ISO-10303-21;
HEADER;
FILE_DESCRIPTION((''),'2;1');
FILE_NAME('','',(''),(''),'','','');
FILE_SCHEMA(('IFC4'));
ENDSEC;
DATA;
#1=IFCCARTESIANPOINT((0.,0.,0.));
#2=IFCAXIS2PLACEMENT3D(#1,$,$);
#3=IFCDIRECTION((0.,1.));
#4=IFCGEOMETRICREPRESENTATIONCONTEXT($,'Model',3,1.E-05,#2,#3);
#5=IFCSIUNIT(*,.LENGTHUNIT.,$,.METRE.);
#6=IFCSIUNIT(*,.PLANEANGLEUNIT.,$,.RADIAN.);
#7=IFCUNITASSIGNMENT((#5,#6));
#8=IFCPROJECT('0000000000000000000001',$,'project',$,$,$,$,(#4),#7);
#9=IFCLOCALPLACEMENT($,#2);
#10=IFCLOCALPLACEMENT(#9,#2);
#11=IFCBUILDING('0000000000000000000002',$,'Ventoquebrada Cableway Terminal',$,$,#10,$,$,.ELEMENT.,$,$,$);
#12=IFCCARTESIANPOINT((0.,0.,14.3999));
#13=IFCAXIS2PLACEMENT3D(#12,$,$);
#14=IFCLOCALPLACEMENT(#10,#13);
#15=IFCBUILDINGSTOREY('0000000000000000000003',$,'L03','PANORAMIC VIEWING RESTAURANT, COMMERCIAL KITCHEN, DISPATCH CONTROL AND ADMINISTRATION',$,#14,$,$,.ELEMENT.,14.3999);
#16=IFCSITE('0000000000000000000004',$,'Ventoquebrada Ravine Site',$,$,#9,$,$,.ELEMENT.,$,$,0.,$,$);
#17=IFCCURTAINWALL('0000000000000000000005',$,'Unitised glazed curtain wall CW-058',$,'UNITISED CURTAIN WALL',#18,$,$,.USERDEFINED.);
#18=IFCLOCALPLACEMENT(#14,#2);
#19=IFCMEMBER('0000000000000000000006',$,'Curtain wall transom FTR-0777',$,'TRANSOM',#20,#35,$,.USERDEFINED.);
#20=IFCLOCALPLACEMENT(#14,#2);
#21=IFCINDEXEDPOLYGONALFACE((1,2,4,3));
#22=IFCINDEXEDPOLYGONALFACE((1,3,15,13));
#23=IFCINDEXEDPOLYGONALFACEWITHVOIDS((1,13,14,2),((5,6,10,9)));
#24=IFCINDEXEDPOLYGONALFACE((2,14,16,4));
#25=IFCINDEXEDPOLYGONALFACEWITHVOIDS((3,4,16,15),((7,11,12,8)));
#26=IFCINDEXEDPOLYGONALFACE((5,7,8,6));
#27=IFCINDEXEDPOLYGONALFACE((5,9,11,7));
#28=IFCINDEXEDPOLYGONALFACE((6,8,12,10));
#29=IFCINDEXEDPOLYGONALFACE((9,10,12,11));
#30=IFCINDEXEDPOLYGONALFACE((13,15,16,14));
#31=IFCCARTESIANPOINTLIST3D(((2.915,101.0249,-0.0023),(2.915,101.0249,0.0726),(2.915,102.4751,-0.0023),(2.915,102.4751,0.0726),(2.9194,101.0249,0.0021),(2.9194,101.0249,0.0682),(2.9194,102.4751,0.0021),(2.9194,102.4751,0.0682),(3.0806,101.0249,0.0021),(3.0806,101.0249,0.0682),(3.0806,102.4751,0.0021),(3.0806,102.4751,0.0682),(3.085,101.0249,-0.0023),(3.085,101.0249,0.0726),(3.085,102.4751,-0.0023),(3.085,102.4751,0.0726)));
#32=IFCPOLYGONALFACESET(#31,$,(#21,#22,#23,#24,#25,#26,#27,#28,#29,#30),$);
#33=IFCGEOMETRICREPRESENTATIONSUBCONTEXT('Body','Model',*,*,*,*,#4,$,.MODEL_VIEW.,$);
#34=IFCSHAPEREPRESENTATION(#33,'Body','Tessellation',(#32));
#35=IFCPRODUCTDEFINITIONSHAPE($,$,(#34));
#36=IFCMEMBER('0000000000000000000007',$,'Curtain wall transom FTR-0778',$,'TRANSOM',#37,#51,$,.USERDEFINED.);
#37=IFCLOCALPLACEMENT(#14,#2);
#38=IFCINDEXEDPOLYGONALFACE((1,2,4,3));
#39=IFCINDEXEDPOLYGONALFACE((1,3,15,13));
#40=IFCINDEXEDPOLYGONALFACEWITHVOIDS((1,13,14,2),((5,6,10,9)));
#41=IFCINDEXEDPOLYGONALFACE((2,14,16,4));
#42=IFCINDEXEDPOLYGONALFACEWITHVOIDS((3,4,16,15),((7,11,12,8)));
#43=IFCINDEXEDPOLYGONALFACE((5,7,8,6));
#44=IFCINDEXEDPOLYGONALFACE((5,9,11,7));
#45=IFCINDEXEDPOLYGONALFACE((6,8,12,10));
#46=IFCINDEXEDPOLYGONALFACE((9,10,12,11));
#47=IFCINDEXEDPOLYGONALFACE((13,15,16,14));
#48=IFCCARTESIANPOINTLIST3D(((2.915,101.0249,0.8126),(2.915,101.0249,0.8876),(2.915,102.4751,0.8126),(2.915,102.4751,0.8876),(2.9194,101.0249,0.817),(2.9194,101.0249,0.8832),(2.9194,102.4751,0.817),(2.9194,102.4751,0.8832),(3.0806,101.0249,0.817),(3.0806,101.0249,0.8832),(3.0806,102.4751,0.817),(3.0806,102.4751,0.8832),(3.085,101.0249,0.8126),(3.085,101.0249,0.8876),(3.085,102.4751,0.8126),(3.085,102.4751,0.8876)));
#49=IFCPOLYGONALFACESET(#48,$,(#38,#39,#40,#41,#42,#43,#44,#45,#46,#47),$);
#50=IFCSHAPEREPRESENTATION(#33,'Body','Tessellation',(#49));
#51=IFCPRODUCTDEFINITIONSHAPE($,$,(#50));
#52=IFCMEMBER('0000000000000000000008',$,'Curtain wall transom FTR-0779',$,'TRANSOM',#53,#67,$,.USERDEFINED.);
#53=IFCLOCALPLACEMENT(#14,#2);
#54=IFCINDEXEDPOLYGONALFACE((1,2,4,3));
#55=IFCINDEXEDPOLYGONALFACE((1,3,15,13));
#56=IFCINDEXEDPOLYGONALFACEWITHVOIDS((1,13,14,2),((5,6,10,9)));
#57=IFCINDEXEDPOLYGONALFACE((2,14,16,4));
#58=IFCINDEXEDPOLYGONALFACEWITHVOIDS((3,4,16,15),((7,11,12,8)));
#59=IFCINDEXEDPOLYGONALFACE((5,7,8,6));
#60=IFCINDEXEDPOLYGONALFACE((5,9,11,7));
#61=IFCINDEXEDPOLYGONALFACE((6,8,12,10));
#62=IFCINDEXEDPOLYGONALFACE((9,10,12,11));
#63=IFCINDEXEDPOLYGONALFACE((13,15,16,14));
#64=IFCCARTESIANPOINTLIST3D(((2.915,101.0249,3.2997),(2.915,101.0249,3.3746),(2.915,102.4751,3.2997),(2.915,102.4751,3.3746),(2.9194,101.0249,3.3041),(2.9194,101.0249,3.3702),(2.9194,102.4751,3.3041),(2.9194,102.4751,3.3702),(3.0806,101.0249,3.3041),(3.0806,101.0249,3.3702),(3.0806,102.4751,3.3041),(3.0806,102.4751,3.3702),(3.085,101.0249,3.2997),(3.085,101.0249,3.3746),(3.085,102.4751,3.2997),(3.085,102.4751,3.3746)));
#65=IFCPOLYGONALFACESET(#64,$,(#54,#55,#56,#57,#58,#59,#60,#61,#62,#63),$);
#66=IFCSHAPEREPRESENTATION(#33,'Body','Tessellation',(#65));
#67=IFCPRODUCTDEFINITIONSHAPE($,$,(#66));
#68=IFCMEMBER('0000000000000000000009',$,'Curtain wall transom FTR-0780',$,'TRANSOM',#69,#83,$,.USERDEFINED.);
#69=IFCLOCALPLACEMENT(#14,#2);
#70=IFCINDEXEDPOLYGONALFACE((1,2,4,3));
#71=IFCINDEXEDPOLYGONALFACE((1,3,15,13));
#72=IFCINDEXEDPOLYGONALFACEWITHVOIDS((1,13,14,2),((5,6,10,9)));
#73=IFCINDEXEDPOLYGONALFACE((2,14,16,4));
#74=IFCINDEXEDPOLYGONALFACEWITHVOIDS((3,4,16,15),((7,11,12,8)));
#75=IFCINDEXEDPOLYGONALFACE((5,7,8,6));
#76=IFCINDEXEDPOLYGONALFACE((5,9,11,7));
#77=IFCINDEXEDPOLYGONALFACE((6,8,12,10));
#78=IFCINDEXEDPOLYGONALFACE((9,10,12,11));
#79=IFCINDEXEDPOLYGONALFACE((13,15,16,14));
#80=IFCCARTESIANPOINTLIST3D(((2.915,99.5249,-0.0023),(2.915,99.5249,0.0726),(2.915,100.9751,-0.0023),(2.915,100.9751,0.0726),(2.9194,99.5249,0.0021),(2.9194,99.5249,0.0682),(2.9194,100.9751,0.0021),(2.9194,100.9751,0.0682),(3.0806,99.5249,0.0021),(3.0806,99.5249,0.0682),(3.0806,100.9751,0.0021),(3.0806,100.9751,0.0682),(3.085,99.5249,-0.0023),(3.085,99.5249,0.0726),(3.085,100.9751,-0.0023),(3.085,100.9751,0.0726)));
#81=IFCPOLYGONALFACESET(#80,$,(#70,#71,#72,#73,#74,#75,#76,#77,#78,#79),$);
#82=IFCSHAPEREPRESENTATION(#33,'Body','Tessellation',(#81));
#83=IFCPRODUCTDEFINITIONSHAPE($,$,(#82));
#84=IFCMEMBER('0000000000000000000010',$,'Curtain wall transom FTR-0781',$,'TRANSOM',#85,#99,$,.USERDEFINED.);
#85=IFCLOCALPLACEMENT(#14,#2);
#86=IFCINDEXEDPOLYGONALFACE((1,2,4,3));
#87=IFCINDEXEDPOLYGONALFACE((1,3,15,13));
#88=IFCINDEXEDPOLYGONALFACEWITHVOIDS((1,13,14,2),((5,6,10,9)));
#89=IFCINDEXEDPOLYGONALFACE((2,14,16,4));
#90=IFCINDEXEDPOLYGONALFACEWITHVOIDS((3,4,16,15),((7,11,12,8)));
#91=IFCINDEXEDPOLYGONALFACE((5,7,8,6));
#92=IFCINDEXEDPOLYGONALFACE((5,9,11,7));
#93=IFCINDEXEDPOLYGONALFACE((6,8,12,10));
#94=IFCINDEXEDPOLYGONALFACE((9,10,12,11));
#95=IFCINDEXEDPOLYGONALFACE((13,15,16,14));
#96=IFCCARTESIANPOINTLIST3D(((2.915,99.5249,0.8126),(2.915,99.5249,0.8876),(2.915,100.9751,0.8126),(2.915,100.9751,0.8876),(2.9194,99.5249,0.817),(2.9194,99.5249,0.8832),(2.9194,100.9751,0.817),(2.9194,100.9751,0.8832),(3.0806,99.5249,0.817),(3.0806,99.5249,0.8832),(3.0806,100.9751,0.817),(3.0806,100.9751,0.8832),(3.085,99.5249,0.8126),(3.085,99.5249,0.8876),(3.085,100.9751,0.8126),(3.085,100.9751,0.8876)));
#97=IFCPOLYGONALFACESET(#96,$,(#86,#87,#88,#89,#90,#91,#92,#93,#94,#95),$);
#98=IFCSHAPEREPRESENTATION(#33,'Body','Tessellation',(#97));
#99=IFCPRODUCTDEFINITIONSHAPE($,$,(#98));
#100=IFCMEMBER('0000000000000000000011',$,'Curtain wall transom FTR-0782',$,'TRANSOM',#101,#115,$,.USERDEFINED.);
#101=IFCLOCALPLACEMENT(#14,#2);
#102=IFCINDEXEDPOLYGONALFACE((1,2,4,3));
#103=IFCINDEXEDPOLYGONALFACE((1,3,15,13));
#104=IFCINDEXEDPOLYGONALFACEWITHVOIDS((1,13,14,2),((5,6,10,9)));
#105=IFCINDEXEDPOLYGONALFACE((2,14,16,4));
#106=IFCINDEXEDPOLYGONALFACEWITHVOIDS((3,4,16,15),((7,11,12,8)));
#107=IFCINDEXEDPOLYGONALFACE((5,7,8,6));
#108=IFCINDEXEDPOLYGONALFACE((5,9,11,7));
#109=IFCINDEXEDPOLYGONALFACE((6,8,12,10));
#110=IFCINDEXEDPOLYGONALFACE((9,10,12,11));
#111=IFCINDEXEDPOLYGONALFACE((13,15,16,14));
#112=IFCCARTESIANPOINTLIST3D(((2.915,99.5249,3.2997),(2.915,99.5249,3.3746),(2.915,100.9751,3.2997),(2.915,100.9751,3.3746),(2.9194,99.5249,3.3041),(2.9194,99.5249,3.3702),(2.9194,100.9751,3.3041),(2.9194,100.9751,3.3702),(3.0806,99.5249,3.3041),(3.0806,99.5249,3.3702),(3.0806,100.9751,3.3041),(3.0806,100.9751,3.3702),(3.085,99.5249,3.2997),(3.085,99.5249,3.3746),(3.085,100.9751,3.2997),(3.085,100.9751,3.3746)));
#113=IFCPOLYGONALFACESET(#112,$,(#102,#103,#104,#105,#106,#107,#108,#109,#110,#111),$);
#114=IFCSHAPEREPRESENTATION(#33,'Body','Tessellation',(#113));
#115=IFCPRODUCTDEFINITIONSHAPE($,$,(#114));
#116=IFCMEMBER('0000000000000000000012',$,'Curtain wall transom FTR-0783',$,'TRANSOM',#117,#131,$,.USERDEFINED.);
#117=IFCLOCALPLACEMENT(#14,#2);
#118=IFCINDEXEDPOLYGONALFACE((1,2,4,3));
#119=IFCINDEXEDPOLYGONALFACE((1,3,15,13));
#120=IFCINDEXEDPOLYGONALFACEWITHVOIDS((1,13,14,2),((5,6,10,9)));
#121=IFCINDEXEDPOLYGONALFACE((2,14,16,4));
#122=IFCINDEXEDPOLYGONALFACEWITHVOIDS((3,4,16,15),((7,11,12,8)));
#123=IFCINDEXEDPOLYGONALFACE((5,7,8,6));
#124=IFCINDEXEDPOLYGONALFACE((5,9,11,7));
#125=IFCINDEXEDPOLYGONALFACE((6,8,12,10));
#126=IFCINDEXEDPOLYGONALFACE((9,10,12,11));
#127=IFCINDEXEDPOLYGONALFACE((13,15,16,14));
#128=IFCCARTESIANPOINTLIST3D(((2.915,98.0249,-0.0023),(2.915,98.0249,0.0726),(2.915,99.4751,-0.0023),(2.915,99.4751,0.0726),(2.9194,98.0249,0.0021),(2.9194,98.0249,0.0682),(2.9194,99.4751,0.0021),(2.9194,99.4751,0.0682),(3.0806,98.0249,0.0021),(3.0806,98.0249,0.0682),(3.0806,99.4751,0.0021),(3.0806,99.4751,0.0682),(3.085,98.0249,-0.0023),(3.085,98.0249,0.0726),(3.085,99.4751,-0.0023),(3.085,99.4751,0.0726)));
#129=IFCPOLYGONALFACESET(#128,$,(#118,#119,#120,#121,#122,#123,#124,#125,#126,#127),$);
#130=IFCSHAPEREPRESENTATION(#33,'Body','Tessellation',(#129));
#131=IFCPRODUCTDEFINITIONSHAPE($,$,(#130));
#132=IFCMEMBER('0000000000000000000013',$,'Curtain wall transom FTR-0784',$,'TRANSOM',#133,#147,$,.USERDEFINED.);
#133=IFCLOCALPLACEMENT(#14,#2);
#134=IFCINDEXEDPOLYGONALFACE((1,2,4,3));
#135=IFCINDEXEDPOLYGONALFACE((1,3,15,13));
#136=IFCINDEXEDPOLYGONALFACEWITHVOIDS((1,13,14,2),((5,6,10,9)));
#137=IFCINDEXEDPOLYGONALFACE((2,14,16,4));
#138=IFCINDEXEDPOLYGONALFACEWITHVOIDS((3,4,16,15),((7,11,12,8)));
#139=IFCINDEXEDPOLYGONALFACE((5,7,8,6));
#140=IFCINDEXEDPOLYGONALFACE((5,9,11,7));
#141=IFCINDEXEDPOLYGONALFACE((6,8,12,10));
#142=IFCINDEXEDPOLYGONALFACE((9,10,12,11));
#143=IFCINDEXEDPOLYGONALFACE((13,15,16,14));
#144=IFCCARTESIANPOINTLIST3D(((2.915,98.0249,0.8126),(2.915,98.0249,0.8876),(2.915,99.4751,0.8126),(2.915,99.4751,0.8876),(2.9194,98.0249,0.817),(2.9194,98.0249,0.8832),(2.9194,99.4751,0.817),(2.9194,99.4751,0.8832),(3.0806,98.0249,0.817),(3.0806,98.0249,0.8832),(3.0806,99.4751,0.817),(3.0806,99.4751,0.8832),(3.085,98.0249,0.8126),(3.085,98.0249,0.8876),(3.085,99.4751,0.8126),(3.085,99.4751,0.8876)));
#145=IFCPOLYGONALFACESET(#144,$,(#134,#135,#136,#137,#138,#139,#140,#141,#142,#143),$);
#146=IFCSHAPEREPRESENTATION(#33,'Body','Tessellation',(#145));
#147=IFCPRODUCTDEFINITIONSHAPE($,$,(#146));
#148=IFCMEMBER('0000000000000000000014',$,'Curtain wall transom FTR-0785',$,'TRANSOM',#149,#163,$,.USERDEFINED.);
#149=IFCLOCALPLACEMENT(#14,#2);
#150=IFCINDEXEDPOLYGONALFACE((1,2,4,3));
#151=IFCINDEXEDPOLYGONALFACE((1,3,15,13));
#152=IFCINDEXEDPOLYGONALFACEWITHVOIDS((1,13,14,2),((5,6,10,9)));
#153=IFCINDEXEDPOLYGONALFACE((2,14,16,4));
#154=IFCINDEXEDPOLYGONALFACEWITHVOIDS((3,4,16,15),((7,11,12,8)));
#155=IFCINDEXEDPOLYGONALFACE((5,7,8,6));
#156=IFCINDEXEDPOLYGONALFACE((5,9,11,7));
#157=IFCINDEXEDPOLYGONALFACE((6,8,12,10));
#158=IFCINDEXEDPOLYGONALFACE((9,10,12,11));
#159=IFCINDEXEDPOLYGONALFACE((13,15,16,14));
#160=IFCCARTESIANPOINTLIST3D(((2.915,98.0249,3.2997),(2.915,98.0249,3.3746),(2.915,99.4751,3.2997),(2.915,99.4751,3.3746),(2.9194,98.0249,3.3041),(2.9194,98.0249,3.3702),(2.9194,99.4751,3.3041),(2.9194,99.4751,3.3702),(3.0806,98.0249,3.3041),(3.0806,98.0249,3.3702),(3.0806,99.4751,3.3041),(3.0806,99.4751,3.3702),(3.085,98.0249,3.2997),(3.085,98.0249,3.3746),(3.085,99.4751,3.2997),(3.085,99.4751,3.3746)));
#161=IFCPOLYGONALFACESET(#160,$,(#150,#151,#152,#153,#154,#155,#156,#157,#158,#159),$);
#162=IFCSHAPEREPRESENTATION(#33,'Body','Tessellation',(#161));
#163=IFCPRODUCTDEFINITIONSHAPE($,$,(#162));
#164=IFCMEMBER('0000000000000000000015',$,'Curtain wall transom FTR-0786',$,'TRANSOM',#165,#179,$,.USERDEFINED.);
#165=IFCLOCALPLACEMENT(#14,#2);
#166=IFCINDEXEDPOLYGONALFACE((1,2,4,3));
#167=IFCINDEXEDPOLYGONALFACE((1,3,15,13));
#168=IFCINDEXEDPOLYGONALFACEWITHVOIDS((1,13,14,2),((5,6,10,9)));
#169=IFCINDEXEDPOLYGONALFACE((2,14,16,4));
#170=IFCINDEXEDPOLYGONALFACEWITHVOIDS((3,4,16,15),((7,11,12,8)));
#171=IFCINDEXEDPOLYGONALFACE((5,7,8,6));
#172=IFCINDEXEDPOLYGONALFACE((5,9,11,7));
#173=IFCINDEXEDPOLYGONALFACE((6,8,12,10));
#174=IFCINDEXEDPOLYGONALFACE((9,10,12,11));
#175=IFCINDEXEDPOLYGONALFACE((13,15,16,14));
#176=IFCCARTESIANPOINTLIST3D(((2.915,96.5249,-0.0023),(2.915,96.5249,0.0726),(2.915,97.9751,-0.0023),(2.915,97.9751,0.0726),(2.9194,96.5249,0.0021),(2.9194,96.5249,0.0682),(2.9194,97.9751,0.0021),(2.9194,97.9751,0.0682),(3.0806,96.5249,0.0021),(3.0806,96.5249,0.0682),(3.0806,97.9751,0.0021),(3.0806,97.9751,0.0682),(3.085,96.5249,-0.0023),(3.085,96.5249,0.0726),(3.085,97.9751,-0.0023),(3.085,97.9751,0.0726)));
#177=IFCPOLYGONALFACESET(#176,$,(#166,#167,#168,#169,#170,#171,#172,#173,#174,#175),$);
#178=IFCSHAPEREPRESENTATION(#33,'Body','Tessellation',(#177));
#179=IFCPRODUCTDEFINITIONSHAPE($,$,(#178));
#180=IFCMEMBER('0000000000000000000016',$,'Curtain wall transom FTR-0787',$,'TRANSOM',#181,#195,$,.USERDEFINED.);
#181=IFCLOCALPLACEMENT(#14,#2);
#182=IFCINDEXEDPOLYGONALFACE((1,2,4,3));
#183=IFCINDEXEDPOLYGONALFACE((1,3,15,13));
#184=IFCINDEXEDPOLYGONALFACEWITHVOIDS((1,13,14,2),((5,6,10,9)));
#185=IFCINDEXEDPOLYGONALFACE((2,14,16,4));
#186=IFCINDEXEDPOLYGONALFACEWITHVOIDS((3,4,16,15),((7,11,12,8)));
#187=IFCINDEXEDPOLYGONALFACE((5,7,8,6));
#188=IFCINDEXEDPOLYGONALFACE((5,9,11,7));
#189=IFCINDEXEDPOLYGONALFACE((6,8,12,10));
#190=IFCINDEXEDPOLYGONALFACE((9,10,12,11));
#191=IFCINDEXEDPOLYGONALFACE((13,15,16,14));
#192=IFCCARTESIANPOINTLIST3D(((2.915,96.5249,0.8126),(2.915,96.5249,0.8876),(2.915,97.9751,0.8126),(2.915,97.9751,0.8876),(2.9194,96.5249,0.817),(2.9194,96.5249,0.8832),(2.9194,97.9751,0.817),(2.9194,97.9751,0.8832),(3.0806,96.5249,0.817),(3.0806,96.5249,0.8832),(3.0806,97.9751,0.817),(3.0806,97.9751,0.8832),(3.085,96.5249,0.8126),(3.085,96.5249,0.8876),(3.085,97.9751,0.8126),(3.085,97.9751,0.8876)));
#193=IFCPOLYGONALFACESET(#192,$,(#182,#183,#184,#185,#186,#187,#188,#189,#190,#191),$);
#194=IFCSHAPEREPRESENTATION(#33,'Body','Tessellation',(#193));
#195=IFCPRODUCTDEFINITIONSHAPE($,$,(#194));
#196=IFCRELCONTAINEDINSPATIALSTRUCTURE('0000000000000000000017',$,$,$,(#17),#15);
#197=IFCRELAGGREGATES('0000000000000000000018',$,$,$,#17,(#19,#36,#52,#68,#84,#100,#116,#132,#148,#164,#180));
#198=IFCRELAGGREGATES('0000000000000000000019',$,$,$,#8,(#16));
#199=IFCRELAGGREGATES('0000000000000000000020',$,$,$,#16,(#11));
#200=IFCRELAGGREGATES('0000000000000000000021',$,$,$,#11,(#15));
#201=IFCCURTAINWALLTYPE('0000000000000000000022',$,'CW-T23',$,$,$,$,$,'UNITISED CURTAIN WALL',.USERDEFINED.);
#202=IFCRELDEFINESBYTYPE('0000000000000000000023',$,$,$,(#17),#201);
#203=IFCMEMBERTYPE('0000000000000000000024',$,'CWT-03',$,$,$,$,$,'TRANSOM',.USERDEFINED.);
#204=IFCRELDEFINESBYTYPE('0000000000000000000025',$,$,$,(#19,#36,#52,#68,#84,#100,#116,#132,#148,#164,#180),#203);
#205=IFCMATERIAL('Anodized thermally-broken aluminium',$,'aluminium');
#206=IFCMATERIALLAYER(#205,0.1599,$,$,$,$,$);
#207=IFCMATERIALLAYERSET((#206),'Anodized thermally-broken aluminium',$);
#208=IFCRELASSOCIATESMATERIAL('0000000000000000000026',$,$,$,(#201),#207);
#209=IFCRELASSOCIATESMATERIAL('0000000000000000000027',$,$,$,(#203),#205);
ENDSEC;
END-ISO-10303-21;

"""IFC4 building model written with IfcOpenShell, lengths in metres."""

from ifc_helpers import new_model, si_unit, direction, frame, origin, origin_2d, place, context, subcontext, project, spatial, hollow_rectangle, extrude, material, layer, layer_set, material_profile, profile_set, type_object, element, aggregate, save


model = new_model("IFC4")

# Units and contexts
model_context = context("Model", 3, precision=1e-05, world=origin(), true_north=direction((0.0, 1.0)))
body_context = subcontext(model_context, "Body", "Model", "MODEL_VIEW")
ifc_project = project(units=[si_unit("LENGTHUNIT", "METRE"), si_unit("PLANEANGLEUNIT", "RADIAN")], contexts=[model_context])

# Site, building, storey
site_placement = place(None, origin())
site = spatial("IfcSite", under=ifc_project, at=site_placement, Name="Ventoquebrada Ravine Site", CompositionType="ELEMENT", RefElevation=0.0)
building_placement = place(site_placement, origin())
building = spatial("IfcBuilding", under=site, at=building_placement, Name="Ventoquebrada Cableway Terminal", CompositionType="ELEMENT")
storey_placement = place(building_placement, frame((0.0, 0.0, 14.3999)))
storey = spatial("IfcBuildingStorey", under=building, at=storey_placement, Name="L03", Description="PANORAMIC VIEWING RESTAURANT, COMMERCIAL KITCHEN, DISPATCH CONTROL AND ADMINISTRATION", CompositionType="ELEMENT", Elevation=14.3999)

# Curtain wall, members
ifc_material_1 = material(Name="Anodized thermally-broken aluminium", Category="aluminium")
ifc_layer_1 = layer(ifc_material_1, 0.1599)
ifc_layer_set_1 = layer_set([ifc_layer_1], Name="Anodized thermally-broken aluminium")
curtain_wall_type = type_object("IfcCurtainWallType", Name="CW-T23", ElementType="UNITISED CURTAIN WALL", PredefinedType="USERDEFINED", material=ifc_layer_set_1)
curtain_wall_placement = place(storey_placement, origin())
curtain_wall = element("IfcCurtainWall", 1, at=curtain_wall_placement, inside=storey, type_object=curtain_wall_type, Name="Unitised glazed curtain wall CW-058", ObjectType="UNITISED CURTAIN WALL", PredefinedType="USERDEFINED")
ifc_material_profile_1 = material_profile(ifc_material_1, hollow_rectangle(XDim=0.075, YDim=0.1699, WallThickness=0.0044, at=origin_2d()), Name="CW-TRN-75X170")
ifc_profile_set_1 = profile_set([ifc_material_profile_1], Name="Anodized thermally-broken aluminium")
member_type_1 = type_object("IfcMemberType", Name="CWT-03", ElementType="TRANSOM", PredefinedType="USERDEFINED", material=ifc_profile_set_1)
member_1_placement = place(storey_placement, frame((3.0, 102.4751, 0.0352), z_axis=(0.0, -1.0, 0.0), x_axis=(0.0, 0.0, 1.0)))
member_1 = element("IfcMember", 2, at=member_1_placement, type_object=member_type_1, Name="Curtain wall transom FTR-0777", ObjectType="TRANSOM", PredefinedType="USERDEFINED", context=body_context, shape_type="SweptSolid", body=[
    extrude(hollow_rectangle(XDim=0.075, YDim=0.1699, WallThickness=0.0044, at=origin_2d()), origin(), (0.0, 0.0, 1.0), 1.4502),
])
member_2_placement = place(storey_placement, frame((3.0, 102.4751, 0.8501), z_axis=(0.0, -1.0, 0.0), x_axis=(0.0, 0.0, 1.0)))
member_2 = element("IfcMember", 3, at=member_2_placement, type_object=member_type_1, Name="Curtain wall transom FTR-0778", ObjectType="TRANSOM", PredefinedType="USERDEFINED", context=body_context, shape_type="SweptSolid", body=[
    extrude(hollow_rectangle(XDim=0.075, YDim=0.1699, WallThickness=0.0044, at=origin_2d()), origin(), (0.0, 0.0, 1.0), 1.4502),
])
member_3_placement = place(storey_placement, frame((3.0, 102.4751, 3.3372), z_axis=(0.0, -1.0, 0.0), x_axis=(0.0, 0.0, 1.0)))
member_3 = element("IfcMember", 4, at=member_3_placement, type_object=member_type_1, Name="Curtain wall transom FTR-0779", ObjectType="TRANSOM", PredefinedType="USERDEFINED", context=body_context, shape_type="SweptSolid", body=[
    extrude(hollow_rectangle(XDim=0.075, YDim=0.1699, WallThickness=0.0044, at=origin_2d()), origin(), (0.0, 0.0, 1.0), 1.4502),
])
member_4_placement = place(storey_placement, frame((3.0, 100.9751, 0.0352), z_axis=(0.0, -1.0, 0.0), x_axis=(0.0, 0.0, 1.0)))
member_4 = element("IfcMember", 5, at=member_4_placement, type_object=member_type_1, Name="Curtain wall transom FTR-0780", ObjectType="TRANSOM", PredefinedType="USERDEFINED", context=body_context, shape_type="SweptSolid", body=[
    extrude(hollow_rectangle(XDim=0.075, YDim=0.1699, WallThickness=0.0044, at=origin_2d()), origin(), (0.0, 0.0, 1.0), 1.4502),
])
member_5_placement = place(storey_placement, frame((3.0, 100.9751, 0.8501), z_axis=(0.0, -1.0, 0.0), x_axis=(0.0, 0.0, 1.0)))
member_5 = element("IfcMember", 6, at=member_5_placement, type_object=member_type_1, Name="Curtain wall transom FTR-0781", ObjectType="TRANSOM", PredefinedType="USERDEFINED", context=body_context, shape_type="SweptSolid", body=[
    extrude(hollow_rectangle(XDim=0.075, YDim=0.1699, WallThickness=0.0044, at=origin_2d()), origin(), (0.0, 0.0, 1.0), 1.4502),
])
member_6_placement = place(storey_placement, frame((3.0, 100.9751, 3.3372), z_axis=(0.0, -1.0, 0.0), x_axis=(0.0, 0.0, 1.0)))
member_6 = element("IfcMember", 7, at=member_6_placement, type_object=member_type_1, Name="Curtain wall transom FTR-0782", ObjectType="TRANSOM", PredefinedType="USERDEFINED", context=body_context, shape_type="SweptSolid", body=[
    extrude(hollow_rectangle(XDim=0.075, YDim=0.1699, WallThickness=0.0044, at=origin_2d()), origin(), (0.0, 0.0, 1.0), 1.4502),
])
member_7_placement = place(storey_placement, frame((3.0, 99.4751, 0.0352), z_axis=(0.0, -1.0, 0.0), x_axis=(0.0, 0.0, 1.0)))
member_7 = element("IfcMember", 8, at=member_7_placement, type_object=member_type_1, Name="Curtain wall transom FTR-0783", ObjectType="TRANSOM", PredefinedType="USERDEFINED", context=body_context, shape_type="SweptSolid", body=[
    extrude(hollow_rectangle(XDim=0.075, YDim=0.1699, WallThickness=0.0044, at=origin_2d()), origin(), (0.0, 0.0, 1.0), 1.4502),
])
member_8_placement = place(storey_placement, frame((3.0, 99.4751, 0.8501), z_axis=(0.0, -1.0, 0.0), x_axis=(0.0, 0.0, 1.0)))
member_8 = element("IfcMember", 9, at=member_8_placement, type_object=member_type_1, Name="Curtain wall transom FTR-0784", ObjectType="TRANSOM", PredefinedType="USERDEFINED", context=body_context, shape_type="SweptSolid", body=[
    extrude(hollow_rectangle(XDim=0.075, YDim=0.1699, WallThickness=0.0044, at=origin_2d()), origin(), (0.0, 0.0, 1.0), 1.4502),
])
member_9_placement = place(storey_placement, frame((3.0, 99.4751, 3.3372), z_axis=(0.0, -1.0, 0.0), x_axis=(0.0, 0.0, 1.0)))
member_9 = element("IfcMember", 10, at=member_9_placement, type_object=member_type_1, Name="Curtain wall transom FTR-0785", ObjectType="TRANSOM", PredefinedType="USERDEFINED", context=body_context, shape_type="SweptSolid", body=[
    extrude(hollow_rectangle(XDim=0.075, YDim=0.1699, WallThickness=0.0044, at=origin_2d()), origin(), (0.0, 0.0, 1.0), 1.4502),
])
member_10_placement = place(storey_placement, frame((3.0, 97.9751, 0.0352), z_axis=(0.0, -1.0, 0.0), x_axis=(0.0, 0.0, 1.0)))
member_10 = element("IfcMember", 11, at=member_10_placement, type_object=member_type_1, Name="Curtain wall transom FTR-0786", ObjectType="TRANSOM", PredefinedType="USERDEFINED", context=body_context, shape_type="SweptSolid", body=[
    extrude(hollow_rectangle(XDim=0.075, YDim=0.1699, WallThickness=0.0044, at=origin_2d()), origin(), (0.0, 0.0, 1.0), 1.4502),
])
member_11_placement = place(storey_placement, frame((3.0, 97.9751, 0.8501), z_axis=(0.0, -1.0, 0.0), x_axis=(0.0, 0.0, 1.0)))
member_11 = element("IfcMember", 12, at=member_11_placement, type_object=member_type_1, Name="Curtain wall transom FTR-0787", ObjectType="TRANSOM", PredefinedType="USERDEFINED", context=body_context, shape_type="SweptSolid", body=[
    extrude(hollow_rectangle(XDim=0.075, YDim=0.1699, WallThickness=0.0044, at=origin_2d()), origin(), (0.0, 0.0, 1.0), 1.4502),
])

aggregate(curtain_wall, [member_1, member_2, member_3, member_4, member_5, member_6, member_7, member_8, member_9, member_10, member_11])

save(model, "model.ifc")
